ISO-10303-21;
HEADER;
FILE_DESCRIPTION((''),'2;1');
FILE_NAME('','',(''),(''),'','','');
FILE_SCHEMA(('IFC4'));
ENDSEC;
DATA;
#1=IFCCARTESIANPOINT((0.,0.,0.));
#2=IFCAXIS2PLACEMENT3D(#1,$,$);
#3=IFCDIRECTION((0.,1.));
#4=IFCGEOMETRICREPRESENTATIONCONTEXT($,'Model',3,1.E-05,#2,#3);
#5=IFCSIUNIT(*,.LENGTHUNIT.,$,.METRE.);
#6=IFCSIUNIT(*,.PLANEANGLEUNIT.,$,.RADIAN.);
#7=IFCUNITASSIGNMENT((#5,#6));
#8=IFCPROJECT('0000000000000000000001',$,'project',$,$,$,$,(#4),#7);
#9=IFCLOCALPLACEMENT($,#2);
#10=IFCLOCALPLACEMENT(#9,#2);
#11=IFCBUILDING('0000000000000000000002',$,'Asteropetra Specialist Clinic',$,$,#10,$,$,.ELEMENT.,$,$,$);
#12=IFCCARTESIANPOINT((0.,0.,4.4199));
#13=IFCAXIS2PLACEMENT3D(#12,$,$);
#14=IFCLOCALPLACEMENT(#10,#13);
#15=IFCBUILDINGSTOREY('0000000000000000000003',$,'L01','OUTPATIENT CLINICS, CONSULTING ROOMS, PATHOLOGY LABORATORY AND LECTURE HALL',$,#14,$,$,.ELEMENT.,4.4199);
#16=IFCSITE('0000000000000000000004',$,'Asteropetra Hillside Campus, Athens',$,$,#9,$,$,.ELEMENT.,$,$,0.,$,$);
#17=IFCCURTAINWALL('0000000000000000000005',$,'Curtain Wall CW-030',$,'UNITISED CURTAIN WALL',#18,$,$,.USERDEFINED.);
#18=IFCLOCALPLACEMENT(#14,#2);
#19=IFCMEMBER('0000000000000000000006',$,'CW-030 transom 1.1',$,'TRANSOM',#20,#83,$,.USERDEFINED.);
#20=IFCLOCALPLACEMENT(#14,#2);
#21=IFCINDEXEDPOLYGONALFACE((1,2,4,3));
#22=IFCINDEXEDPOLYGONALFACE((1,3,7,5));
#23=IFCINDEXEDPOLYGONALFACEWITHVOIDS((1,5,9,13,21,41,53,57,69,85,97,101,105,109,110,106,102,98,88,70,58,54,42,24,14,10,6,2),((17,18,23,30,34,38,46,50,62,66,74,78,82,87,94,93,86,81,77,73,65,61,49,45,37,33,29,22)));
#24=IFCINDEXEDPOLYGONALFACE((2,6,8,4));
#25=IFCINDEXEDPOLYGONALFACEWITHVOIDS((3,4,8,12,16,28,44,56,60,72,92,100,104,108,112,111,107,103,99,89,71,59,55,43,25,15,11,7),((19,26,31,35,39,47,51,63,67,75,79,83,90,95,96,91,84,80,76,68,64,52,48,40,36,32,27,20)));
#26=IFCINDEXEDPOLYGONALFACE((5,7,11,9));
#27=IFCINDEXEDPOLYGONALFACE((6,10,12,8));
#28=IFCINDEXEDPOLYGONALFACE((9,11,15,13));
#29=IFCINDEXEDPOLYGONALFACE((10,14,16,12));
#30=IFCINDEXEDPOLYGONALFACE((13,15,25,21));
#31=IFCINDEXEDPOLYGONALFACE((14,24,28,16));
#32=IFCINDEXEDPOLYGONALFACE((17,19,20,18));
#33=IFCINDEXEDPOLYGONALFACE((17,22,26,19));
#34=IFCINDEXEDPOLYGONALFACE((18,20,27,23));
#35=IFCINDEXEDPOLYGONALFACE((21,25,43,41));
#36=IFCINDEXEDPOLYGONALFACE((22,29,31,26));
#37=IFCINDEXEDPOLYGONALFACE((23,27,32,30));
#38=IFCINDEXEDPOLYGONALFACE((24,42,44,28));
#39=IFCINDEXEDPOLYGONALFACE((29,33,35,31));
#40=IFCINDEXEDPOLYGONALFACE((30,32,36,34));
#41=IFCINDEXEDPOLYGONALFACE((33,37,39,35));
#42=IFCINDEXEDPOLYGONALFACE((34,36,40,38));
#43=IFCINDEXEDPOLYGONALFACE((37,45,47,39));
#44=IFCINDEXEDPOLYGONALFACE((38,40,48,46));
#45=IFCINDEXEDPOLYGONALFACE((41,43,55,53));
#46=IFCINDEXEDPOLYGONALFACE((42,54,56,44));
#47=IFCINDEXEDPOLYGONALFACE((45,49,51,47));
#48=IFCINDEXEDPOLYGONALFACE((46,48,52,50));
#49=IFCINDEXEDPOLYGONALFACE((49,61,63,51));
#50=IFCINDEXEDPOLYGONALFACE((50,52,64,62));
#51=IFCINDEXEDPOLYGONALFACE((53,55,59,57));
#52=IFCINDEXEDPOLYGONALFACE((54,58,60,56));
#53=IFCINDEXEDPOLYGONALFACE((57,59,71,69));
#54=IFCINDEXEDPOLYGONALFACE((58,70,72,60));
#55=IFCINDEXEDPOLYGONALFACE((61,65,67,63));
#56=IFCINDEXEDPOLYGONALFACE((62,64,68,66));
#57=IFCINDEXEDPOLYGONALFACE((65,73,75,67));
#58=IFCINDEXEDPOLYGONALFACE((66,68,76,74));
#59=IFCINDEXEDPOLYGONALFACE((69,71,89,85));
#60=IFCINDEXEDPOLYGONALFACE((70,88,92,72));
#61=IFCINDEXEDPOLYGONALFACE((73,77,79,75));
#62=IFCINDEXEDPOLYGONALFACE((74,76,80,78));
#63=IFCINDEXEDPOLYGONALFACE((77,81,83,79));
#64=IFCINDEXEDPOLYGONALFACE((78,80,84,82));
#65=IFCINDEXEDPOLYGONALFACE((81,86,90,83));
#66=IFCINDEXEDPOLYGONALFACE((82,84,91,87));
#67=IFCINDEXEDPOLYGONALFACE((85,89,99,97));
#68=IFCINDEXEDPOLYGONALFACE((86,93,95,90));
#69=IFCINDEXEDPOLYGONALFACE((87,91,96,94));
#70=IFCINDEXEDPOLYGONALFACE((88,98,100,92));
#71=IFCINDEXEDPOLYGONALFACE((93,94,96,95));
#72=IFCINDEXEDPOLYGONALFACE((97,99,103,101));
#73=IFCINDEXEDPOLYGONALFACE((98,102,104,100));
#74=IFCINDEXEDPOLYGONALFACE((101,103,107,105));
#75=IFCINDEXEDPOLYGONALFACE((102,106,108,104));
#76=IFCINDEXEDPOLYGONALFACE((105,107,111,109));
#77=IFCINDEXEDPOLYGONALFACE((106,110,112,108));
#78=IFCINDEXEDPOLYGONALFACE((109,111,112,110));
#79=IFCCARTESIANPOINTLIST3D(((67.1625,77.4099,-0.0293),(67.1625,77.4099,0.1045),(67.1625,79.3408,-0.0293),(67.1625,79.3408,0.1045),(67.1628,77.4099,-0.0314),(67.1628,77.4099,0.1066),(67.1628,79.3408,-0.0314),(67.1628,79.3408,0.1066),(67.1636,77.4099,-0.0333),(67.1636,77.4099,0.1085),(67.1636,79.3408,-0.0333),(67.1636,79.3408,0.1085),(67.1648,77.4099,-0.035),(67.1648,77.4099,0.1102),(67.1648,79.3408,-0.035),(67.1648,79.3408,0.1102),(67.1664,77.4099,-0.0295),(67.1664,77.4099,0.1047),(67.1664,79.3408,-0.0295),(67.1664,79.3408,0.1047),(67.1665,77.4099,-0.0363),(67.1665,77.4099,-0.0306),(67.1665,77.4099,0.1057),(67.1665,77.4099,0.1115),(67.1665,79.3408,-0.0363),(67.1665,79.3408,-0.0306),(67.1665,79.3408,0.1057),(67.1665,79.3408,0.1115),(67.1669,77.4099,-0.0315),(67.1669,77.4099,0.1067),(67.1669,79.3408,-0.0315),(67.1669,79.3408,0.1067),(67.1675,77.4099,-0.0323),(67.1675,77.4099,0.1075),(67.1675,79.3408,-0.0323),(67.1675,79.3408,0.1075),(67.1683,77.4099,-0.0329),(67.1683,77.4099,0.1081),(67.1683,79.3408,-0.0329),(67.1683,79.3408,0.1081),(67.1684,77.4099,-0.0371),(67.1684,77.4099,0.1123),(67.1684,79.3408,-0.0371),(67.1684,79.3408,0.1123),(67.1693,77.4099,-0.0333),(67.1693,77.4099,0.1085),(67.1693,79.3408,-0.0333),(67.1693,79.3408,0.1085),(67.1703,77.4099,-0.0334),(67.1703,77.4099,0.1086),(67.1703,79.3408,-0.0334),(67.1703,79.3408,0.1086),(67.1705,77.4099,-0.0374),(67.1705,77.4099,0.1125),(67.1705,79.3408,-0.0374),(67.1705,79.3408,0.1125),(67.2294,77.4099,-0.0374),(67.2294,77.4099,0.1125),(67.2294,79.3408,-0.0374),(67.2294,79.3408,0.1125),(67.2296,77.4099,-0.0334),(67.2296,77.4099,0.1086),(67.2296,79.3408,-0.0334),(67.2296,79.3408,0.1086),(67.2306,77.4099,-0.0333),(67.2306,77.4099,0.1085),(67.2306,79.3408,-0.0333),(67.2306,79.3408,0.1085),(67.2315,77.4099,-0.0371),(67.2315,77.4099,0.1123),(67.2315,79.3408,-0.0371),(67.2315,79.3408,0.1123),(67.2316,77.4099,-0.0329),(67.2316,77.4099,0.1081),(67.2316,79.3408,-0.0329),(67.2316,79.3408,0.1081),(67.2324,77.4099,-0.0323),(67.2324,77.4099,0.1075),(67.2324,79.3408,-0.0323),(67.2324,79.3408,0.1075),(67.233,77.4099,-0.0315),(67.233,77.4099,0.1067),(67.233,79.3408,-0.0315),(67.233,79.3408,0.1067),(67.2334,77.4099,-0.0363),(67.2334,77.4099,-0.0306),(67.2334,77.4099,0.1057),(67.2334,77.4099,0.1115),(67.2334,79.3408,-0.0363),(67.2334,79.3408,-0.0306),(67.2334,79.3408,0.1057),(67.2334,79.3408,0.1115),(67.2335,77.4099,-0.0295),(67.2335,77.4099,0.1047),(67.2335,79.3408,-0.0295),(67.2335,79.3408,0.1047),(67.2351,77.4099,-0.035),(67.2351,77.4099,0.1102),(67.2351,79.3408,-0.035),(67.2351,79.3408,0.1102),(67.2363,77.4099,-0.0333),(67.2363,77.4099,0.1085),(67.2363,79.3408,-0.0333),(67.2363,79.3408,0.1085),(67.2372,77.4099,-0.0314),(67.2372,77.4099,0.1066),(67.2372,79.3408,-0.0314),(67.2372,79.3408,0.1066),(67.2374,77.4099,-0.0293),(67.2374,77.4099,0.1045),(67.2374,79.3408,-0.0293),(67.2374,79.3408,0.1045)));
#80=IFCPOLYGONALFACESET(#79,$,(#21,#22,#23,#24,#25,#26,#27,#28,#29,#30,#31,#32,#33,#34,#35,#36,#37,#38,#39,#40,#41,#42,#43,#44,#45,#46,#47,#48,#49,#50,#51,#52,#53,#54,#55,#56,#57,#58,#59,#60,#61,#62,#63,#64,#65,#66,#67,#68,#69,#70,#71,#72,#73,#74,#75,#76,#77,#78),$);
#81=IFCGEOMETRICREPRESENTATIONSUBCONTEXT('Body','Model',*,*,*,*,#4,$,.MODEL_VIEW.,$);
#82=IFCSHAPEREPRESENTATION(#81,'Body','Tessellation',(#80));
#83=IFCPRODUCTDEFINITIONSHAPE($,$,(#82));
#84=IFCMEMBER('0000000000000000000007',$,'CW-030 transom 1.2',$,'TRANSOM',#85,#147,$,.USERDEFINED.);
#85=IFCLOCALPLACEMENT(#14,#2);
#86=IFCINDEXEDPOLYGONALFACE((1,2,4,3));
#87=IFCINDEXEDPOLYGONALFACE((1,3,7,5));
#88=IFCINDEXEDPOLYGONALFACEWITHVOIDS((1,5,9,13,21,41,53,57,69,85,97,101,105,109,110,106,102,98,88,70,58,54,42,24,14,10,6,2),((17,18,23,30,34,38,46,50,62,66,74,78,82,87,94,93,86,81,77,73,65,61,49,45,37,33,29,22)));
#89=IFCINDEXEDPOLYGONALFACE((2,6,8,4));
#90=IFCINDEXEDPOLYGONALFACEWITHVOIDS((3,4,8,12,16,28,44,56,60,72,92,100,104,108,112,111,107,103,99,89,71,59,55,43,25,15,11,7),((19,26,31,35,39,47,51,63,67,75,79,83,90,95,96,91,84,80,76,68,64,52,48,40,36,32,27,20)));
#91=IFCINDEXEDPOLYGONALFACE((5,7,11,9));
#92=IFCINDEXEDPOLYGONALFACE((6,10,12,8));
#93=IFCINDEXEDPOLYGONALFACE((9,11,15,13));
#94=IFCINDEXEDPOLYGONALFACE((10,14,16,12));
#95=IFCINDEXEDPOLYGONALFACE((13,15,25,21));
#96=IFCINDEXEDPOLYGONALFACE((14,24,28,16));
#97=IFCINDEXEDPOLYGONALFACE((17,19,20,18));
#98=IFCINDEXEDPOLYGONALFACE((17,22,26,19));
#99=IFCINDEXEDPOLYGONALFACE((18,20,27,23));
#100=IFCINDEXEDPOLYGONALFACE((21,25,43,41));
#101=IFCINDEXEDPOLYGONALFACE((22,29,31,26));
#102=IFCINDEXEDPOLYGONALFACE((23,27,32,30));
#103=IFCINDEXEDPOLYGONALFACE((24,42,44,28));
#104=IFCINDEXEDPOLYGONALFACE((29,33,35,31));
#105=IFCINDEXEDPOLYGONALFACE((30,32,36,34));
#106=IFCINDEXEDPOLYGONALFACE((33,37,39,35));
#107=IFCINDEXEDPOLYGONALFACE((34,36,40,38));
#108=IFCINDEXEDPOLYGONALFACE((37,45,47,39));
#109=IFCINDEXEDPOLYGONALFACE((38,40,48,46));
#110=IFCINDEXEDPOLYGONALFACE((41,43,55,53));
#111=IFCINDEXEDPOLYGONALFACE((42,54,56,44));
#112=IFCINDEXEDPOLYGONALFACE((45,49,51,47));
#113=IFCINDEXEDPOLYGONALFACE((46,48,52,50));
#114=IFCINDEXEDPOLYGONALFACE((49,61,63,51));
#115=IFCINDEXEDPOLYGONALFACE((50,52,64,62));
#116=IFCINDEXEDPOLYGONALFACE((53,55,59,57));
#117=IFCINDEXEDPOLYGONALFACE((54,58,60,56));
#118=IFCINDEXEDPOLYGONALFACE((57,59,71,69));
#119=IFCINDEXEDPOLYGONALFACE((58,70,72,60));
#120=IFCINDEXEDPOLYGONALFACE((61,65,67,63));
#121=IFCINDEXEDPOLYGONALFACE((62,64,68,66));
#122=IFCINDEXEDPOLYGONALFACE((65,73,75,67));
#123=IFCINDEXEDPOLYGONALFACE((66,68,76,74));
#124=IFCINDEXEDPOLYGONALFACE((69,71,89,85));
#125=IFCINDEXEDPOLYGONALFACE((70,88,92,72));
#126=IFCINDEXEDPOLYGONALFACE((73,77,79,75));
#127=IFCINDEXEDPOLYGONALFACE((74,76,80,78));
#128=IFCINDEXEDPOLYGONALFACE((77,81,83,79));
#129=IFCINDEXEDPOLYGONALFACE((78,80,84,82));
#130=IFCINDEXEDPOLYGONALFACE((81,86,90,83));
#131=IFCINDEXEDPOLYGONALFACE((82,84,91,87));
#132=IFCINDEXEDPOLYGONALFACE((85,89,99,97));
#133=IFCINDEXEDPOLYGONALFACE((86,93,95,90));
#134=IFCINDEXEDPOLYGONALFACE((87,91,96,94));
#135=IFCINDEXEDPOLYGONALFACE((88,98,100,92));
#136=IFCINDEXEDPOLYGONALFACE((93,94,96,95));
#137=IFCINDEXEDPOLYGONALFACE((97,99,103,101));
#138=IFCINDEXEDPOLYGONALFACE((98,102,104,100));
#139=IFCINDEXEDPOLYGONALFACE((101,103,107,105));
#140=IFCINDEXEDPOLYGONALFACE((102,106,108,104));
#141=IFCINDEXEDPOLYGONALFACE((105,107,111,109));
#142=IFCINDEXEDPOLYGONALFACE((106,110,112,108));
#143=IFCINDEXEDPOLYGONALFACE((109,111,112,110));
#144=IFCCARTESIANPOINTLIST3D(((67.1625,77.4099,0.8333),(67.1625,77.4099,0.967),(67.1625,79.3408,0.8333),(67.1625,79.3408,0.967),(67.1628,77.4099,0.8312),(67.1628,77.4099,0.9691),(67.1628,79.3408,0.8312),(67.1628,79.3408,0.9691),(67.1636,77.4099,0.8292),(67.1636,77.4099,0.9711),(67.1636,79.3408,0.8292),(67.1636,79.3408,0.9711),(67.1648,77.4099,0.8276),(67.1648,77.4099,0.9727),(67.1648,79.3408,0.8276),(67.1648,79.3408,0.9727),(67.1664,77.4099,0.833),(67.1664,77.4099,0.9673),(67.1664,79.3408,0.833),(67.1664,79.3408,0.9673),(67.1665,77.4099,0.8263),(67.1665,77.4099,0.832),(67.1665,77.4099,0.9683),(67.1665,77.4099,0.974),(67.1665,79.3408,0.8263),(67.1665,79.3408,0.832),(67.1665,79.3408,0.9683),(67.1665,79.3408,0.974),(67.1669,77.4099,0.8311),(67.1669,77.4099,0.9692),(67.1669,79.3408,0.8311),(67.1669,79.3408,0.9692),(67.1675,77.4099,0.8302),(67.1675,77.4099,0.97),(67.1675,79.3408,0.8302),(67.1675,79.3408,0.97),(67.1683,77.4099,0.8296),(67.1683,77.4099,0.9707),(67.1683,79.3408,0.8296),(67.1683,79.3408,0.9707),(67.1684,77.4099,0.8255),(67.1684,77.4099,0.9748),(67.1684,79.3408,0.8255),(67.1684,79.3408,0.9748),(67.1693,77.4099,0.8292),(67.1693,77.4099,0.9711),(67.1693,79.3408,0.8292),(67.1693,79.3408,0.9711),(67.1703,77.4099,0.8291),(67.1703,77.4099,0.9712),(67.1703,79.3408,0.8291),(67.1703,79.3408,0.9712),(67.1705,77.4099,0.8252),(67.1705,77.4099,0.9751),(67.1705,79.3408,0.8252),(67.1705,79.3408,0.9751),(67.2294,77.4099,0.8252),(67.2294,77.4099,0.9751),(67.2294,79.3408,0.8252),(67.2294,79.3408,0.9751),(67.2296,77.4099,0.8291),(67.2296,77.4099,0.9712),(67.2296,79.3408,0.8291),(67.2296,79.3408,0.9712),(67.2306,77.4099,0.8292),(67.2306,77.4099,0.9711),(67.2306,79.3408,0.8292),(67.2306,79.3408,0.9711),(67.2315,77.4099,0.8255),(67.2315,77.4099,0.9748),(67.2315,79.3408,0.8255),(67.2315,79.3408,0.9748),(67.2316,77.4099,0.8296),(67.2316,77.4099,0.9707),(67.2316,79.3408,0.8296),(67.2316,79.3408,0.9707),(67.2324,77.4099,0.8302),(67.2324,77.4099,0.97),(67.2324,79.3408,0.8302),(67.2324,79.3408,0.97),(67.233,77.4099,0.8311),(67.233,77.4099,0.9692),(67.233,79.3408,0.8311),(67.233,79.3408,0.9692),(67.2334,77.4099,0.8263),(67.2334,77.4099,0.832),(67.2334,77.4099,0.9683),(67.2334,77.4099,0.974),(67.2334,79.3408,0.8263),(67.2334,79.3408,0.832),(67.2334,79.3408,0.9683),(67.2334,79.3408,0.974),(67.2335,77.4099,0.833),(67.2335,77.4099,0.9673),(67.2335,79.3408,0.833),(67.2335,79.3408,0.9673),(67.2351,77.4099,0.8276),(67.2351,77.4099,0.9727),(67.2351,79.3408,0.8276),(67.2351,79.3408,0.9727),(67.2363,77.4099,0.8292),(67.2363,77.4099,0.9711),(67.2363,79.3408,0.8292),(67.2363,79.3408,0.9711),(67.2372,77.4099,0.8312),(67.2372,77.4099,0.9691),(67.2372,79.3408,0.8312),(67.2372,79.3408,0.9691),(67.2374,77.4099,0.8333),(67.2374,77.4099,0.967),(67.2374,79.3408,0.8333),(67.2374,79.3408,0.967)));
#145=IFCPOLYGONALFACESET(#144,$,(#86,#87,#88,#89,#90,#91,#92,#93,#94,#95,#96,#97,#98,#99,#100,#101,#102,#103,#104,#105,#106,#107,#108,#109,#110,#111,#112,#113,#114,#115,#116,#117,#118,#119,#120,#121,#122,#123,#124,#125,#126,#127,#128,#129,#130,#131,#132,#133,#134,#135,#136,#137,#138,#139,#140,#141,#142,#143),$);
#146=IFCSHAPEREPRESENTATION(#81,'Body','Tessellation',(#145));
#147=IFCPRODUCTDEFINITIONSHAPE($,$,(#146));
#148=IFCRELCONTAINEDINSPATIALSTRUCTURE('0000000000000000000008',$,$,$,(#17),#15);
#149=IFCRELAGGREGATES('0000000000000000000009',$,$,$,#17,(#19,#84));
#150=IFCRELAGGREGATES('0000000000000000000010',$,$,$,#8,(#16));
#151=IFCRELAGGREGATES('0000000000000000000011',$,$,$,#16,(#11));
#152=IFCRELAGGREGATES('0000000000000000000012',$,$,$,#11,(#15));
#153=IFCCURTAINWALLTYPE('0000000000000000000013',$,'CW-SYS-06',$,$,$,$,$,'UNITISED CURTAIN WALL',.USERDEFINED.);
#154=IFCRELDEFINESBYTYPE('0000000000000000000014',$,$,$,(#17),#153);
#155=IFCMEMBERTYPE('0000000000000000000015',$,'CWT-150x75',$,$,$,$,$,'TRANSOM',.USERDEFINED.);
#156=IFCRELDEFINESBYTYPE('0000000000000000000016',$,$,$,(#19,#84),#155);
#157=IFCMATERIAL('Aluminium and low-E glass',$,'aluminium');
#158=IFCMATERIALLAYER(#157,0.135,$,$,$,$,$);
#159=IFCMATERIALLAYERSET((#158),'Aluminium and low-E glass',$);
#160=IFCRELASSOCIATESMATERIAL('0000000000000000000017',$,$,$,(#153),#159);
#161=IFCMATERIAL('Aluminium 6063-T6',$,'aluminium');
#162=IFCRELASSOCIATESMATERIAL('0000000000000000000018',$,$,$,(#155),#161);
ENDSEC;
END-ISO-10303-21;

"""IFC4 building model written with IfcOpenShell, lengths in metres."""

from ifc_helpers import new_model, si_unit, direction, frame, origin, origin_2d, place, context, subcontext, project, spatial, hollow_rectangle, extrude, material, layer, layer_set, material_profile, profile_set, type_object, element, aggregate, save


model = new_model("IFC4")

# Units and contexts
model_context = context("Model", 3, precision=1e-05, world=origin(), true_north=direction((0.0, 1.0)))
body_context = subcontext(model_context, "Body", "Model", "MODEL_VIEW")
ifc_project = project(units=[si_unit("LENGTHUNIT", "METRE"), si_unit("PLANEANGLEUNIT", "RADIAN")], contexts=[model_context])

# Site, building, storey
site_placement = place(None, origin())
site = spatial("IfcSite", under=ifc_project, at=site_placement, Name="Asteropetra Hillside Campus, Athens", CompositionType="ELEMENT", RefElevation=0.0)
building_placement = place(site_placement, origin())
building = spatial("IfcBuilding", under=site, at=building_placement, Name="Asteropetra Specialist Clinic", CompositionType="ELEMENT")
storey_placement = place(building_placement, frame((0.0, 0.0, 4.4199)))
storey = spatial("IfcBuildingStorey", under=building, at=storey_placement, Name="L01", Description="OUTPATIENT CLINICS, CONSULTING ROOMS, PATHOLOGY LABORATORY AND LECTURE HALL", CompositionType="ELEMENT", Elevation=4.4199)

# Curtain wall, members
ifc_material_1 = material(Name="Aluminium and low-E glass", Category="aluminium")
ifc_layer_1 = layer(ifc_material_1, 0.135)
ifc_layer_set_1 = layer_set([ifc_layer_1], Name="Aluminium and low-E glass")
curtain_wall_type_1 = type_object("IfcCurtainWallType", Name="CW-SYS-06", ElementType="UNITISED CURTAIN WALL", PredefinedType="USERDEFINED", material=ifc_layer_set_1)
curtain_wall_1_placement = place(storey_placement, origin())
curtain_wall_1 = element("IfcCurtainWall", 1, at=curtain_wall_1_placement, inside=storey, type_object=curtain_wall_type_1, Name="Curtain Wall CW-030", ObjectType="UNITISED CURTAIN WALL", PredefinedType="USERDEFINED")
ifc_material_2 = material(Name="Aluminium 6063-T6", Category="aluminium")
ifc_material_profile_1 = material_profile(ifc_material_2, hollow_rectangle(XDim=0.075, YDim=0.1499, WallThickness=0.0039, InnerFilletRadius=0.0039, OuterFilletRadius=0.0081, at=origin_2d()), Name="TRN 150x75x4.0")
ifc_profile_set_1 = profile_set([ifc_material_profile_1], Name="Aluminium 6063-T6")
member_type_1 = type_object("IfcMemberType", Name="CWT-150x75", ElementType="TRANSOM", PredefinedType="USERDEFINED", material=ifc_profile_set_1)
member_1_placement = place(storey_placement, frame((67.2, 77.4099, 0.0376), z_axis=(0.0, 1.0, 0.0), x_axis=(-1.0, 0.0, 0.0)))
member_1 = element("IfcMember", 2, at=member_1_placement, type_object=member_type_1, Name="CW-030 transom 1.1", ObjectType="TRANSOM", PredefinedType="USERDEFINED", context=body_context, shape_type="SweptSolid", body=[
    extrude(hollow_rectangle(XDim=0.075, YDim=0.1499, WallThickness=0.0039, InnerFilletRadius=0.0039, OuterFilletRadius=0.0081, at=origin_2d()), origin(), (0.0, 0.0, 1.0), 1.9309),
])
member_2_placement = place(storey_placement, frame((67.2, 77.4099, 0.9001), z_axis=(0.0, 1.0, 0.0), x_axis=(-1.0, 0.0, 0.0)))
member_2 = element("IfcMember", 3, at=member_2_placement, type_object=member_type_1, Name="CW-030 transom 1.2", ObjectType="TRANSOM", PredefinedType="USERDEFINED", context=body_context, shape_type="SweptSolid", body=[
    extrude(hollow_rectangle(XDim=0.075, YDim=0.1499, WallThickness=0.0039, InnerFilletRadius=0.0039, OuterFilletRadius=0.0081, at=origin_2d()), origin(), (0.0, 0.0, 1.0), 1.9309),
])
aggregate(curtain_wall_1, [member_1, member_2])

save(model, "model.ifc")
